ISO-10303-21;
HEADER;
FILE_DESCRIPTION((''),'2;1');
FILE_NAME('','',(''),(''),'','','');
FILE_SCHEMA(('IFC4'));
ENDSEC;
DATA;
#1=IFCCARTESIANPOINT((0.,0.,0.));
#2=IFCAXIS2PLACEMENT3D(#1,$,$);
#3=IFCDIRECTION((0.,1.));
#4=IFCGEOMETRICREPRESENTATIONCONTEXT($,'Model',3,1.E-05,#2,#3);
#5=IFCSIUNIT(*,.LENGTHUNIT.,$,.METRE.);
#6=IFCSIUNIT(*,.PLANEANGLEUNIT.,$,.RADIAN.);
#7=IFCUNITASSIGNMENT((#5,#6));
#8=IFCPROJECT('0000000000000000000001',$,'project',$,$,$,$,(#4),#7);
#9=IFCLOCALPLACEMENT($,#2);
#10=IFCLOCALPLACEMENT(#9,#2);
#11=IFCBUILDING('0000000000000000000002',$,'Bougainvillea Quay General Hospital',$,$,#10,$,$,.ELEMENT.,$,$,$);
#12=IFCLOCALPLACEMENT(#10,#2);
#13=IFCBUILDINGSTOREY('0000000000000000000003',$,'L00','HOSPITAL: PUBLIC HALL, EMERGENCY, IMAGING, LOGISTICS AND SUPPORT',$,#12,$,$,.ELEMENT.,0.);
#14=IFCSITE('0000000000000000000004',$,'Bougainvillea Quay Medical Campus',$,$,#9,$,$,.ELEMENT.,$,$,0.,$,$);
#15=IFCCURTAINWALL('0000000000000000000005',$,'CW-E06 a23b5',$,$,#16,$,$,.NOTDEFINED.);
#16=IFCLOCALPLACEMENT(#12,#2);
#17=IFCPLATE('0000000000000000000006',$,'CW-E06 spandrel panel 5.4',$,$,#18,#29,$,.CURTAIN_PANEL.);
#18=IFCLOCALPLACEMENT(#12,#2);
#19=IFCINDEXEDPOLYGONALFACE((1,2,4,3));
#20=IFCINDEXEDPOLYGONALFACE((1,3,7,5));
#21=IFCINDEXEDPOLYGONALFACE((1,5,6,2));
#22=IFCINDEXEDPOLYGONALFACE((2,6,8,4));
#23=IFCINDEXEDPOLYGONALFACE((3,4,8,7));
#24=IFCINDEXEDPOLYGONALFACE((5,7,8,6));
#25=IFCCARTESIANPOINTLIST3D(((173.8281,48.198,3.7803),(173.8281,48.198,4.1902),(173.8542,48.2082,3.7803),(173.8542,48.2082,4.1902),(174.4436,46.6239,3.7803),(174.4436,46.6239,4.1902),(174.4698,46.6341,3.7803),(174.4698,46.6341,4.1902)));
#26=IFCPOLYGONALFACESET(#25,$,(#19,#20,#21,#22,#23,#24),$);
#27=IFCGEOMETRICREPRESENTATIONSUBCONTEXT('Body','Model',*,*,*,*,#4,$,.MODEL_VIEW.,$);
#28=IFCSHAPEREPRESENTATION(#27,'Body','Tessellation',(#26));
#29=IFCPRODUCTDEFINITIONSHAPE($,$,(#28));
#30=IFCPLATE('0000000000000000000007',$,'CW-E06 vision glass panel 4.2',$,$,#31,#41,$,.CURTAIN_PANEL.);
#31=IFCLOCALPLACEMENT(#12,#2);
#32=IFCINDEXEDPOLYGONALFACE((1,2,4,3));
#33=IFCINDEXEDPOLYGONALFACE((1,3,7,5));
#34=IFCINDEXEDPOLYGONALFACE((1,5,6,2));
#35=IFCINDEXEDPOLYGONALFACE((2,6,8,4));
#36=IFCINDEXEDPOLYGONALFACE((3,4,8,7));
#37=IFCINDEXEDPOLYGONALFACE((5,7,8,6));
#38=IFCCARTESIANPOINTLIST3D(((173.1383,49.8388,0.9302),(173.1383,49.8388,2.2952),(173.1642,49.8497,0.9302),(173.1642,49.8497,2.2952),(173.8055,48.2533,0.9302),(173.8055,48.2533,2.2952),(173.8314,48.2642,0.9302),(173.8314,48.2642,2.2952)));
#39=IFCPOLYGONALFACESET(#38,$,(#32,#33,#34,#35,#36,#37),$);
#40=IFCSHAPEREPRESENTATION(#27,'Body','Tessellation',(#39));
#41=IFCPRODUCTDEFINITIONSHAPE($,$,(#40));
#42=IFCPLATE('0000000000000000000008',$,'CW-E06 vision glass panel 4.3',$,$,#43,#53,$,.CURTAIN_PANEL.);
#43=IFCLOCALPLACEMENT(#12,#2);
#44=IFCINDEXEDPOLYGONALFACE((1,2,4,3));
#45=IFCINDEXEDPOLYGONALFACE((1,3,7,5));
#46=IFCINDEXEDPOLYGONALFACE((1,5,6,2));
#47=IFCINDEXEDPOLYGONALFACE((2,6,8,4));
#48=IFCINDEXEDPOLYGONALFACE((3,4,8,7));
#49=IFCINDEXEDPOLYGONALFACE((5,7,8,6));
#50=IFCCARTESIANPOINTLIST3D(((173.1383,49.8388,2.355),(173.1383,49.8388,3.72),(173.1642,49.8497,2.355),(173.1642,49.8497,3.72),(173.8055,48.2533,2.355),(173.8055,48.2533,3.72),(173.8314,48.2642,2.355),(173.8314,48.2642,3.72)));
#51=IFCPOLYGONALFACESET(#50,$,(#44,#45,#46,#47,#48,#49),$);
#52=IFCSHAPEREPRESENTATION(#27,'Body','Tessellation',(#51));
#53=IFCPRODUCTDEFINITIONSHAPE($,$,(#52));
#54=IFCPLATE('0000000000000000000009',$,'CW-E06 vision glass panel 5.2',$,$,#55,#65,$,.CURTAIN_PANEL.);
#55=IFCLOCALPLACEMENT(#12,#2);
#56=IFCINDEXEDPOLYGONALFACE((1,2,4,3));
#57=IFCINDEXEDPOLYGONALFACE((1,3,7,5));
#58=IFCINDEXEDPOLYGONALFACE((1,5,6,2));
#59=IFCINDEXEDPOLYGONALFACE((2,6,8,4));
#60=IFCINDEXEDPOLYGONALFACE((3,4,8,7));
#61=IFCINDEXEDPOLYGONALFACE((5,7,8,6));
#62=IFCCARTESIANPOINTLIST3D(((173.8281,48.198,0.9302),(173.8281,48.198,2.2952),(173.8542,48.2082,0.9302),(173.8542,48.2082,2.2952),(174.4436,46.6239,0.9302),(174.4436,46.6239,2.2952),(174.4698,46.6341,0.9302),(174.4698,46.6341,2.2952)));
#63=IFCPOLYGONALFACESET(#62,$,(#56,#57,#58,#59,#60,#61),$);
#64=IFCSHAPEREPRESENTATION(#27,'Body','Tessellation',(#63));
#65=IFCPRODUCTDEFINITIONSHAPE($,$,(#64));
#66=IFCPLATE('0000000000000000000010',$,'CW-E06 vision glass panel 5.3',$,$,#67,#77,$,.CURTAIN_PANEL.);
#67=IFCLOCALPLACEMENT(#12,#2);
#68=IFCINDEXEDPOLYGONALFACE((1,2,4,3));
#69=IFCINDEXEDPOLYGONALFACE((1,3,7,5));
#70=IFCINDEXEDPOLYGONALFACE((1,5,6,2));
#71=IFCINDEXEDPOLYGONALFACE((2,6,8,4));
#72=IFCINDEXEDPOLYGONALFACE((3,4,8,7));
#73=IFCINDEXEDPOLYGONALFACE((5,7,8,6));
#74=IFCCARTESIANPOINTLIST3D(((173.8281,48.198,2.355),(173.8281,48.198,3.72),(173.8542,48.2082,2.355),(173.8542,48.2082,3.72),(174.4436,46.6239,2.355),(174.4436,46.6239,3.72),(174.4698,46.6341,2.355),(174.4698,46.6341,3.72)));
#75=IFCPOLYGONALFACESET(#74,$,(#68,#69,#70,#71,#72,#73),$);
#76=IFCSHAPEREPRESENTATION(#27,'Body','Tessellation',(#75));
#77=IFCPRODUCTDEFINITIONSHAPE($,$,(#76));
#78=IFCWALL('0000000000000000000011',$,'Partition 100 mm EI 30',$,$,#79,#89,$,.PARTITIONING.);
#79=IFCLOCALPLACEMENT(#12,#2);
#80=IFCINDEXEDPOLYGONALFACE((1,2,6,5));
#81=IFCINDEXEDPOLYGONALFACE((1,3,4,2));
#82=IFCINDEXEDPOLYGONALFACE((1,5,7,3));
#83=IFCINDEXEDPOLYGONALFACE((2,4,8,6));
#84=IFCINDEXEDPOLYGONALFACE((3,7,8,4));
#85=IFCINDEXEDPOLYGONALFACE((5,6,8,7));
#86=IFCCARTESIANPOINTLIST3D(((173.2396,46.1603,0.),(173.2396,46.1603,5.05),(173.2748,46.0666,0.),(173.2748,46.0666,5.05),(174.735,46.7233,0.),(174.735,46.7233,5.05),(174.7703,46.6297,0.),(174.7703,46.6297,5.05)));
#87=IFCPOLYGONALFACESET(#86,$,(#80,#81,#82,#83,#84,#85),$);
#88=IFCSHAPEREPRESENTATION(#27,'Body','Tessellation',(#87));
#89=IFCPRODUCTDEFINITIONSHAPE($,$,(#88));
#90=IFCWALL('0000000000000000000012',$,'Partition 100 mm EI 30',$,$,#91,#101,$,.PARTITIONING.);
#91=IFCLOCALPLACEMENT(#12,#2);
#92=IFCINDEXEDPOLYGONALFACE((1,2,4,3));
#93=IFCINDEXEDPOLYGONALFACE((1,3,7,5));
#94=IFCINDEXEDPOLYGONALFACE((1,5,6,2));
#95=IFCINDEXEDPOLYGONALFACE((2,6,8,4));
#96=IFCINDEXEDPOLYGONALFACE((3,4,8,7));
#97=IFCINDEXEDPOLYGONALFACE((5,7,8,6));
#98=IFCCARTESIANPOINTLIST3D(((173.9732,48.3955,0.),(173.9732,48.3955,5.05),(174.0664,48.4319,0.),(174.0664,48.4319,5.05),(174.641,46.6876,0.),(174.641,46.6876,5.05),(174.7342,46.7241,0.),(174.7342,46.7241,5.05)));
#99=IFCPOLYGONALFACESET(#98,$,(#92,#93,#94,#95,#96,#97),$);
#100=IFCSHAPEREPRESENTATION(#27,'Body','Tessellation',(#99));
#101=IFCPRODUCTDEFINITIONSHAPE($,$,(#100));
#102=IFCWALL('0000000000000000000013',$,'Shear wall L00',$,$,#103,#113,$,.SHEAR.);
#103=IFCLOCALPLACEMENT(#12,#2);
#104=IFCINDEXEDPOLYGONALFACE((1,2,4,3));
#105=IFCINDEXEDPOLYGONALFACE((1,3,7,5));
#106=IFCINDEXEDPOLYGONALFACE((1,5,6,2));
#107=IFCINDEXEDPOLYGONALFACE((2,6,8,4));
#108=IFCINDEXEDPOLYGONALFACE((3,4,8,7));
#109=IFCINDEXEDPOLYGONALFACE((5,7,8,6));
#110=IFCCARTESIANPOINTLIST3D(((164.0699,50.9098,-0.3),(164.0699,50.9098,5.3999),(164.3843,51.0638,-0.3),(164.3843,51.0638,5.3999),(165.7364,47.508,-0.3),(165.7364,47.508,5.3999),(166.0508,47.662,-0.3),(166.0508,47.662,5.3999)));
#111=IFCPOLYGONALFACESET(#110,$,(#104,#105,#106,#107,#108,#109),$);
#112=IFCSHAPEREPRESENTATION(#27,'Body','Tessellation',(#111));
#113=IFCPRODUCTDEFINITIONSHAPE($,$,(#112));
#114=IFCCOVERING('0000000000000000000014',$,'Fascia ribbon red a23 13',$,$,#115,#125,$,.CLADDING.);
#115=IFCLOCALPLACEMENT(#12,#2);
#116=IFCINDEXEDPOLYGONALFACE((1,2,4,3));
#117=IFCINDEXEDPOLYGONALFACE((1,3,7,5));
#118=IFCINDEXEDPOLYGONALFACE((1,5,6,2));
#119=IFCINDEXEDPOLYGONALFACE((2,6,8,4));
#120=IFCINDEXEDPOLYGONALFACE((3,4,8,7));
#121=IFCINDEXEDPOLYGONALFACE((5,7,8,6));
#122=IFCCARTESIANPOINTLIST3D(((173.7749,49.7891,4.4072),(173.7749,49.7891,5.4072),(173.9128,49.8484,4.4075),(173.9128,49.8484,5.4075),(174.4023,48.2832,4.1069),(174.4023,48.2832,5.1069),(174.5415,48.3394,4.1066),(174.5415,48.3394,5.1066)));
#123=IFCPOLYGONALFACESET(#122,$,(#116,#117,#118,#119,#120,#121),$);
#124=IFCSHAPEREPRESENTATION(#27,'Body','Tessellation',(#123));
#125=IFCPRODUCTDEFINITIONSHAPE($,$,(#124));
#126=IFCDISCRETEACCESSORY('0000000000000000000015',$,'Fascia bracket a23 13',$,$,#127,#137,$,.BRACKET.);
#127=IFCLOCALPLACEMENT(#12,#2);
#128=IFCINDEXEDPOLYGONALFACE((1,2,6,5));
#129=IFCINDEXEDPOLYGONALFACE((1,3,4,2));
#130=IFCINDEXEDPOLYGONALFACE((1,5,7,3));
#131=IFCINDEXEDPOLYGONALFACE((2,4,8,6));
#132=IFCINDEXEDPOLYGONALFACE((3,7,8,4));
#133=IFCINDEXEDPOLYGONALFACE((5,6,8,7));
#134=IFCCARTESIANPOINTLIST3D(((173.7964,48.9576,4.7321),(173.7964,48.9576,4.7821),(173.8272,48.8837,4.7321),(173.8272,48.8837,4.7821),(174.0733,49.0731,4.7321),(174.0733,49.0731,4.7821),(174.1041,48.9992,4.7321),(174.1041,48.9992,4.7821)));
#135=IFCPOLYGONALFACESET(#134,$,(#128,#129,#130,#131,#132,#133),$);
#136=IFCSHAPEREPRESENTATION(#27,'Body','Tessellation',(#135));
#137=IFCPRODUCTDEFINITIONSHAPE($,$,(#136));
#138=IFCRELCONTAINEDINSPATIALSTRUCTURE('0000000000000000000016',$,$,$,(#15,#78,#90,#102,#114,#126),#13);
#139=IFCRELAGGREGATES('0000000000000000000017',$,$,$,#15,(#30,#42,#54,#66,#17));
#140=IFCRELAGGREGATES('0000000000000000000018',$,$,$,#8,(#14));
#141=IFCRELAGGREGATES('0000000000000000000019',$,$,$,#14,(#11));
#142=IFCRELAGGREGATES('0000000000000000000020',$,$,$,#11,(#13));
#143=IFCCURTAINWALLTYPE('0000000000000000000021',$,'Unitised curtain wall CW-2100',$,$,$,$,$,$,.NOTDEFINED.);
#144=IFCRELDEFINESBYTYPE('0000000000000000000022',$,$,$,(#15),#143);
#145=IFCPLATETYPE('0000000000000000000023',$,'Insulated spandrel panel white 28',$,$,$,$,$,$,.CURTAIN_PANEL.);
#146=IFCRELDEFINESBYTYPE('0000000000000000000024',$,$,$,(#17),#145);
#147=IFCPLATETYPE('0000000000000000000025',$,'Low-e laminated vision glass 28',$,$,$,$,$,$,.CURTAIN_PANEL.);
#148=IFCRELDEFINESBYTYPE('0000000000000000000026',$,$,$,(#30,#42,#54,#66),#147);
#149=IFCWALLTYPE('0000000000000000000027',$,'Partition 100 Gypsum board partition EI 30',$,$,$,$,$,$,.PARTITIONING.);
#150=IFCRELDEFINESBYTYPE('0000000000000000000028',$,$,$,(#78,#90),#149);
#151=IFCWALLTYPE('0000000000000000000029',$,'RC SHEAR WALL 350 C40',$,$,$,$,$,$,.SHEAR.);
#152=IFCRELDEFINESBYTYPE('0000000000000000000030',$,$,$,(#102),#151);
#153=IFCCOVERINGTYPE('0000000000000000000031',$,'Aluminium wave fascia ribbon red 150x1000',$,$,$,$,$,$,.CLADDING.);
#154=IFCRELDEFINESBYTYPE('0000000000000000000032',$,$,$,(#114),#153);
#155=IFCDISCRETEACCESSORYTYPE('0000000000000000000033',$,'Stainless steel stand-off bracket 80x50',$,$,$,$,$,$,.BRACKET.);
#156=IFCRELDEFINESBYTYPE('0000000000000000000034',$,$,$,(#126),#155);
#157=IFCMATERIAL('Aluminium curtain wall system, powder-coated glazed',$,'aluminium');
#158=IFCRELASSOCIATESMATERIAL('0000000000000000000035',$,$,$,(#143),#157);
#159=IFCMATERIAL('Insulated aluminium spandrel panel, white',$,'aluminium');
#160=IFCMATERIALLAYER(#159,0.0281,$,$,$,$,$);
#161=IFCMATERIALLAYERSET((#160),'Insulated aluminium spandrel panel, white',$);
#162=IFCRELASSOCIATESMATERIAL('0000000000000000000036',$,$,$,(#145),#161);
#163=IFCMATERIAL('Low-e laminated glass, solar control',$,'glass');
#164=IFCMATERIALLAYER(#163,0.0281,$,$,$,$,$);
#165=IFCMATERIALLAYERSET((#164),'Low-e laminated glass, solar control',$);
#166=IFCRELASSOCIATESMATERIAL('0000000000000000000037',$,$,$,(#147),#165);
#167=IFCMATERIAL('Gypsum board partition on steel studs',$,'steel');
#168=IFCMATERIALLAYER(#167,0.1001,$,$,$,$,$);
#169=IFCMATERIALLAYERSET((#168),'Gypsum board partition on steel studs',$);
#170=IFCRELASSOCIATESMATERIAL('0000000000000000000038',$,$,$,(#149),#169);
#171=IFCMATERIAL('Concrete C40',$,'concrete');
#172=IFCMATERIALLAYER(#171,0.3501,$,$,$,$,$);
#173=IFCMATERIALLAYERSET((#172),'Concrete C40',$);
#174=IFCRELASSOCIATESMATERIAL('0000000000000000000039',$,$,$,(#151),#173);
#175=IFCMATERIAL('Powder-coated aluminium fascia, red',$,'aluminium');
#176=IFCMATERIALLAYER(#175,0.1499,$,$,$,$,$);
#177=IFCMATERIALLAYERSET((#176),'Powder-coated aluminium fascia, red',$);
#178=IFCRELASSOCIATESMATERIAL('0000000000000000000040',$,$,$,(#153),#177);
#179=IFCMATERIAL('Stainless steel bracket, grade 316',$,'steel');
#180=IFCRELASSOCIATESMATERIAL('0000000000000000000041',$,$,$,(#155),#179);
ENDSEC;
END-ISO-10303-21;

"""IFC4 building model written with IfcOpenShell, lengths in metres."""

from ifc_helpers import new_model, si_unit, direction, frame, frame_2d, origin, origin_2d, place, context, subcontext, project, spatial, polyline, rectangle, outline, extrude, material, layer, layer_set, material_profile, profile_set, type_object, element, aggregate, save


model = new_model("IFC4")

# Units and contexts
model_context = context("Model", 3, precision=1e-05, world=origin(), true_north=direction((0.0, 1.0)))
body_context = subcontext(model_context, "Body", "Model", "MODEL_VIEW")
ifc_project = project(units=[si_unit("LENGTHUNIT", "METRE"), si_unit("PLANEANGLEUNIT", "RADIAN")], contexts=[model_context])

# Site, building, storey
site_placement = place(None, origin())
site = spatial("IfcSite", under=ifc_project, at=site_placement, Name="Bougainvillea Quay Medical Campus", CompositionType="ELEMENT", RefElevation=0.0)
building_placement = place(site_placement, origin())
building = spatial("IfcBuilding", under=site, at=building_placement, Name="Bougainvillea Quay General Hospital", CompositionType="ELEMENT")
storey_placement = place(building_placement, origin())
storey = spatial("IfcBuildingStorey", under=building, at=storey_placement, Name="L00", Description="HOSPITAL: PUBLIC HALL, EMERGENCY, IMAGING, LOGISTICS AND SUPPORT", CompositionType="ELEMENT", Elevation=0.0)

# Shared definitions
ifc_material_1 = material(Name="Concrete C40", Category="concrete")

# Curtain wall, plates
ifc_material_2 = material(Name="Aluminium curtain wall system, powder-coated glazed", Category="aluminium")
curtain_wall_type = type_object("IfcCurtainWallType", Name="Unitised curtain wall CW-2100", PredefinedType="NOTDEFINED", material=ifc_material_2)
curtain_wall_placement = place(storey_placement, origin())
curtain_wall = element("IfcCurtainWall", 1, at=curtain_wall_placement, inside=storey, type_object=curtain_wall_type, Name="CW-E06 a23b5", PredefinedType="NOTDEFINED")
ifc_material_3 = material(Name="Insulated aluminium spandrel panel, white", Category="aluminium")
ifc_layer_1 = layer(ifc_material_3, 0.0281)
ifc_layer_set_1 = layer_set([ifc_layer_1], Name="Insulated aluminium spandrel panel, white")
plate_type_1 = type_object("IfcPlateType", Name="Insulated spandrel panel white 28", PredefinedType="CURTAIN_PANEL", material=ifc_layer_set_1)
plate_1_placement = place(storey_placement, frame((174.1489, 47.416, 3.7803), z_axis=(0.0, 0.0, 1.0), x_axis=(0.364214, -0.931315, 0.0)))
plate_1 = element("IfcPlate", 2, at=plate_1_placement, type_object=plate_type_1, Name="CW-E06 spandrel panel 5.4", PredefinedType="CURTAIN_PANEL", context=body_context, shape_type="SweptSolid", body=[
    extrude(rectangle(XDim=1.6902, YDim=0.0281, at=origin_2d()), origin(), (0.0, 0.0, 1.0), 0.4099),
])
ifc_material_4 = material(Name="Low-e laminated glass, solar control", Category="glass")
ifc_layer_2 = layer(ifc_material_4, 0.0281)
ifc_layer_set_2 = layer_set([ifc_layer_2], Name="Low-e laminated glass, solar control")
plate_type_2 = type_object("IfcPlateType", Name="Low-e laminated vision glass 28", PredefinedType="CURTAIN_PANEL", material=ifc_layer_set_2)
plate_2_placement = place(storey_placement, frame((173.4849, 49.0515, 0.9302), z_axis=(0.0, 0.0, 1.0), x_axis=(0.387863, -0.921717, 0.0)))
plate_2 = element("IfcPlate", 3, at=plate_2_placement, type_object=plate_type_2, Name="CW-E06 vision glass panel 4.2", PredefinedType="CURTAIN_PANEL", context=body_context, shape_type="SweptSolid", body=[
    extrude(rectangle(XDim=1.7202, YDim=0.0281, at=origin_2d()), origin(), (0.0, 0.0, 1.0), 1.365),
])
plate_3_placement = place(storey_placement, frame((173.4849, 49.0515, 2.355), z_axis=(0.0, 0.0, 1.0), x_axis=(0.387863, -0.921717, 0.0)))
plate_3 = element("IfcPlate", 4, at=plate_3_placement, type_object=plate_type_2, Name="CW-E06 vision glass panel 4.3", PredefinedType="CURTAIN_PANEL", context=body_context, shape_type="SweptSolid", body=[
    extrude(rectangle(XDim=1.7202, YDim=0.0281, at=origin_2d()), origin(), (0.0, 0.0, 1.0), 1.365),
])
plate_4_placement = place(storey_placement, frame((174.1489, 47.416, 0.9302), z_axis=(0.0, 0.0, 1.0), x_axis=(0.364214, -0.931315, 0.0)))
plate_4 = element("IfcPlate", 5, at=plate_4_placement, type_object=plate_type_2, Name="CW-E06 vision glass panel 5.2", PredefinedType="CURTAIN_PANEL", context=body_context, shape_type="SweptSolid", body=[
    extrude(rectangle(XDim=1.6902, YDim=0.0281, at=origin_2d()), origin(), (0.0, 0.0, 1.0), 1.365),
])
plate_5_placement = place(storey_placement, frame((174.1489, 47.416, 2.355), z_axis=(0.0, 0.0, 1.0), x_axis=(0.364214, -0.931315, 0.0)))
plate_5 = element("IfcPlate", 6, at=plate_5_placement, type_object=plate_type_2, Name="CW-E06 vision glass panel 5.3", PredefinedType="CURTAIN_PANEL", context=body_context, shape_type="SweptSolid", body=[
    extrude(rectangle(XDim=1.6902, YDim=0.0281, at=origin_2d()), origin(), (0.0, 0.0, 1.0), 1.365),
])
aggregate(curtain_wall, [plate_2, plate_3, plate_4, plate_5, plate_1])

# Walls
ifc_material_5 = material(Name="Gypsum board partition on steel studs", Category="steel")
ifc_layer_3 = layer(ifc_material_5, 0.1001)
ifc_layer_set_3 = layer_set([ifc_layer_3], Name="Gypsum board partition on steel studs")
wall_type_1 = type_object("IfcWallType", Name="Partition 100 Gypsum board partition EI 30", PredefinedType="PARTITIONING", material=ifc_layer_set_3)
wall_1_placement = place(storey_placement, frame((173.2573, 46.1135, 0.0), z_axis=(0.0, 0.0, 1.0), x_axis=(0.93587, 0.352346, 0.0)))
element("IfcWall", 7, at=wall_1_placement, inside=storey, type_object=wall_type_1, Name="Partition 100 mm EI 30", PredefinedType="PARTITIONING", context=body_context, shape_type="SweptSolid", body=[
    extrude(rectangle(XDim=1.5979, YDim=0.1001, at=frame_2d((0.7988, 0.0))), origin(), (0.0, 0.0, 1.0), 5.05),
])
wall_2_placement = place(storey_placement, frame((174.0198, 48.4138, 0.0), z_axis=(0.0, 0.0, 1.0), x_axis=(0.364148, -0.931341, 0.0)))
element("IfcWall", 8, at=wall_2_placement, inside=storey, type_object=wall_type_1, Name="Partition 100 mm EI 30", PredefinedType="PARTITIONING", context=body_context, shape_type="SweptSolid", body=[
    extrude(rectangle(XDim=1.8337, YDim=0.1001, at=frame_2d((0.917, 0.0))), origin(), (0.0, 0.0, 1.0), 5.05),
])
ifc_layer_4 = layer(ifc_material_1, 0.3501)
ifc_layer_set_4 = layer_set([ifc_layer_4], Name="Concrete C40")
wall_type_2 = type_object("IfcWallType", Name="RC SHEAR WALL 350 C40", PredefinedType="SHEAR", material=ifc_layer_set_4)
wall_3_placement = place(storey_placement, frame((165.8936, 47.585, -0.3), z_axis=(0.0, 0.0, 1.0), x_axis=(-0.439929, 0.898033, 0.0)))
element("IfcWall", 9, at=wall_3_placement, inside=storey, type_object=wall_type_2, Name="Shear wall L00", PredefinedType="SHEAR", context=body_context, shape_type="SweptSolid", body=[
    extrude(rectangle(XDim=3.7881, YDim=0.3501, at=frame_2d((1.894, 0.0))), origin(), (0.0, 0.0, 1.0), 5.7),
])

# Covering
ifc_material_6 = material(Name="Powder-coated aluminium fascia, red", Category="aluminium")
ifc_layer_5 = layer(ifc_material_6, 0.1499)
ifc_layer_set_5 = layer_set([ifc_layer_5], Name="Powder-coated aluminium fascia, red")
covering_type = type_object("IfcCoveringType", Name="Aluminium wave fascia ribbon red 150x1000", PredefinedType="CLADDING", material=ifc_layer_set_5)
covering_placement = place(storey_placement, frame((174.4023, 48.2832, 4.1069), z_axis=(0.069624, -0.167068, 0.983484), x_axis=(-0.378263, 0.907831, 0.180995)))
element("IfcCovering", 10, at=covering_placement, inside=storey, type_object=covering_type, Name="Fascia ribbon red a23 13", PredefinedType="CLADDING", context=body_context, shape_type="SweptSolid", body=[
    extrude(outline(polyline([(0.0, 0.0), (1.6588, 0.0), (1.6605, -0.1501), (-0.0017, -0.1501), (0.0, 0.0)])), origin(), (0.180995, 0.000011, 0.983484), 1.0),
])

# Discrete accessory
ifc_material_7 = material(Name="Stainless steel bracket, grade 316", Category="steel")
ifc_material_profile_1 = material_profile(ifc_material_7, rectangle(XDim=0.0801, YDim=0.05, at=origin_2d()))
ifc_profile_set_1 = profile_set([ifc_material_profile_1], Name="Stainless steel bracket, grade 316")
discrete_accessory_type = type_object("IfcDiscreteAccessoryType", Name="Stainless steel stand-off bracket 80x50", PredefinedType="BRACKET", material=ifc_profile_set_1)
discrete_accessory_placement = place(storey_placement, frame((173.8118, 48.9207, 4.7571), z_axis=(0.922932, 0.384962, 0.0), x_axis=(-0.384962, 0.922932, 0.0)))
element("IfcDiscreteAccessory", 11, at=discrete_accessory_placement, inside=storey, type_object=discrete_accessory_type, Name="Fascia bracket a23 13", PredefinedType="BRACKET", context=body_context, shape_type="SweptSolid", body=[
    extrude(rectangle(XDim=0.0801, YDim=0.05, at=origin_2d()), origin(), (0.0, 0.0, 1.0), 0.3),
])

save(model, "model.ifc")
